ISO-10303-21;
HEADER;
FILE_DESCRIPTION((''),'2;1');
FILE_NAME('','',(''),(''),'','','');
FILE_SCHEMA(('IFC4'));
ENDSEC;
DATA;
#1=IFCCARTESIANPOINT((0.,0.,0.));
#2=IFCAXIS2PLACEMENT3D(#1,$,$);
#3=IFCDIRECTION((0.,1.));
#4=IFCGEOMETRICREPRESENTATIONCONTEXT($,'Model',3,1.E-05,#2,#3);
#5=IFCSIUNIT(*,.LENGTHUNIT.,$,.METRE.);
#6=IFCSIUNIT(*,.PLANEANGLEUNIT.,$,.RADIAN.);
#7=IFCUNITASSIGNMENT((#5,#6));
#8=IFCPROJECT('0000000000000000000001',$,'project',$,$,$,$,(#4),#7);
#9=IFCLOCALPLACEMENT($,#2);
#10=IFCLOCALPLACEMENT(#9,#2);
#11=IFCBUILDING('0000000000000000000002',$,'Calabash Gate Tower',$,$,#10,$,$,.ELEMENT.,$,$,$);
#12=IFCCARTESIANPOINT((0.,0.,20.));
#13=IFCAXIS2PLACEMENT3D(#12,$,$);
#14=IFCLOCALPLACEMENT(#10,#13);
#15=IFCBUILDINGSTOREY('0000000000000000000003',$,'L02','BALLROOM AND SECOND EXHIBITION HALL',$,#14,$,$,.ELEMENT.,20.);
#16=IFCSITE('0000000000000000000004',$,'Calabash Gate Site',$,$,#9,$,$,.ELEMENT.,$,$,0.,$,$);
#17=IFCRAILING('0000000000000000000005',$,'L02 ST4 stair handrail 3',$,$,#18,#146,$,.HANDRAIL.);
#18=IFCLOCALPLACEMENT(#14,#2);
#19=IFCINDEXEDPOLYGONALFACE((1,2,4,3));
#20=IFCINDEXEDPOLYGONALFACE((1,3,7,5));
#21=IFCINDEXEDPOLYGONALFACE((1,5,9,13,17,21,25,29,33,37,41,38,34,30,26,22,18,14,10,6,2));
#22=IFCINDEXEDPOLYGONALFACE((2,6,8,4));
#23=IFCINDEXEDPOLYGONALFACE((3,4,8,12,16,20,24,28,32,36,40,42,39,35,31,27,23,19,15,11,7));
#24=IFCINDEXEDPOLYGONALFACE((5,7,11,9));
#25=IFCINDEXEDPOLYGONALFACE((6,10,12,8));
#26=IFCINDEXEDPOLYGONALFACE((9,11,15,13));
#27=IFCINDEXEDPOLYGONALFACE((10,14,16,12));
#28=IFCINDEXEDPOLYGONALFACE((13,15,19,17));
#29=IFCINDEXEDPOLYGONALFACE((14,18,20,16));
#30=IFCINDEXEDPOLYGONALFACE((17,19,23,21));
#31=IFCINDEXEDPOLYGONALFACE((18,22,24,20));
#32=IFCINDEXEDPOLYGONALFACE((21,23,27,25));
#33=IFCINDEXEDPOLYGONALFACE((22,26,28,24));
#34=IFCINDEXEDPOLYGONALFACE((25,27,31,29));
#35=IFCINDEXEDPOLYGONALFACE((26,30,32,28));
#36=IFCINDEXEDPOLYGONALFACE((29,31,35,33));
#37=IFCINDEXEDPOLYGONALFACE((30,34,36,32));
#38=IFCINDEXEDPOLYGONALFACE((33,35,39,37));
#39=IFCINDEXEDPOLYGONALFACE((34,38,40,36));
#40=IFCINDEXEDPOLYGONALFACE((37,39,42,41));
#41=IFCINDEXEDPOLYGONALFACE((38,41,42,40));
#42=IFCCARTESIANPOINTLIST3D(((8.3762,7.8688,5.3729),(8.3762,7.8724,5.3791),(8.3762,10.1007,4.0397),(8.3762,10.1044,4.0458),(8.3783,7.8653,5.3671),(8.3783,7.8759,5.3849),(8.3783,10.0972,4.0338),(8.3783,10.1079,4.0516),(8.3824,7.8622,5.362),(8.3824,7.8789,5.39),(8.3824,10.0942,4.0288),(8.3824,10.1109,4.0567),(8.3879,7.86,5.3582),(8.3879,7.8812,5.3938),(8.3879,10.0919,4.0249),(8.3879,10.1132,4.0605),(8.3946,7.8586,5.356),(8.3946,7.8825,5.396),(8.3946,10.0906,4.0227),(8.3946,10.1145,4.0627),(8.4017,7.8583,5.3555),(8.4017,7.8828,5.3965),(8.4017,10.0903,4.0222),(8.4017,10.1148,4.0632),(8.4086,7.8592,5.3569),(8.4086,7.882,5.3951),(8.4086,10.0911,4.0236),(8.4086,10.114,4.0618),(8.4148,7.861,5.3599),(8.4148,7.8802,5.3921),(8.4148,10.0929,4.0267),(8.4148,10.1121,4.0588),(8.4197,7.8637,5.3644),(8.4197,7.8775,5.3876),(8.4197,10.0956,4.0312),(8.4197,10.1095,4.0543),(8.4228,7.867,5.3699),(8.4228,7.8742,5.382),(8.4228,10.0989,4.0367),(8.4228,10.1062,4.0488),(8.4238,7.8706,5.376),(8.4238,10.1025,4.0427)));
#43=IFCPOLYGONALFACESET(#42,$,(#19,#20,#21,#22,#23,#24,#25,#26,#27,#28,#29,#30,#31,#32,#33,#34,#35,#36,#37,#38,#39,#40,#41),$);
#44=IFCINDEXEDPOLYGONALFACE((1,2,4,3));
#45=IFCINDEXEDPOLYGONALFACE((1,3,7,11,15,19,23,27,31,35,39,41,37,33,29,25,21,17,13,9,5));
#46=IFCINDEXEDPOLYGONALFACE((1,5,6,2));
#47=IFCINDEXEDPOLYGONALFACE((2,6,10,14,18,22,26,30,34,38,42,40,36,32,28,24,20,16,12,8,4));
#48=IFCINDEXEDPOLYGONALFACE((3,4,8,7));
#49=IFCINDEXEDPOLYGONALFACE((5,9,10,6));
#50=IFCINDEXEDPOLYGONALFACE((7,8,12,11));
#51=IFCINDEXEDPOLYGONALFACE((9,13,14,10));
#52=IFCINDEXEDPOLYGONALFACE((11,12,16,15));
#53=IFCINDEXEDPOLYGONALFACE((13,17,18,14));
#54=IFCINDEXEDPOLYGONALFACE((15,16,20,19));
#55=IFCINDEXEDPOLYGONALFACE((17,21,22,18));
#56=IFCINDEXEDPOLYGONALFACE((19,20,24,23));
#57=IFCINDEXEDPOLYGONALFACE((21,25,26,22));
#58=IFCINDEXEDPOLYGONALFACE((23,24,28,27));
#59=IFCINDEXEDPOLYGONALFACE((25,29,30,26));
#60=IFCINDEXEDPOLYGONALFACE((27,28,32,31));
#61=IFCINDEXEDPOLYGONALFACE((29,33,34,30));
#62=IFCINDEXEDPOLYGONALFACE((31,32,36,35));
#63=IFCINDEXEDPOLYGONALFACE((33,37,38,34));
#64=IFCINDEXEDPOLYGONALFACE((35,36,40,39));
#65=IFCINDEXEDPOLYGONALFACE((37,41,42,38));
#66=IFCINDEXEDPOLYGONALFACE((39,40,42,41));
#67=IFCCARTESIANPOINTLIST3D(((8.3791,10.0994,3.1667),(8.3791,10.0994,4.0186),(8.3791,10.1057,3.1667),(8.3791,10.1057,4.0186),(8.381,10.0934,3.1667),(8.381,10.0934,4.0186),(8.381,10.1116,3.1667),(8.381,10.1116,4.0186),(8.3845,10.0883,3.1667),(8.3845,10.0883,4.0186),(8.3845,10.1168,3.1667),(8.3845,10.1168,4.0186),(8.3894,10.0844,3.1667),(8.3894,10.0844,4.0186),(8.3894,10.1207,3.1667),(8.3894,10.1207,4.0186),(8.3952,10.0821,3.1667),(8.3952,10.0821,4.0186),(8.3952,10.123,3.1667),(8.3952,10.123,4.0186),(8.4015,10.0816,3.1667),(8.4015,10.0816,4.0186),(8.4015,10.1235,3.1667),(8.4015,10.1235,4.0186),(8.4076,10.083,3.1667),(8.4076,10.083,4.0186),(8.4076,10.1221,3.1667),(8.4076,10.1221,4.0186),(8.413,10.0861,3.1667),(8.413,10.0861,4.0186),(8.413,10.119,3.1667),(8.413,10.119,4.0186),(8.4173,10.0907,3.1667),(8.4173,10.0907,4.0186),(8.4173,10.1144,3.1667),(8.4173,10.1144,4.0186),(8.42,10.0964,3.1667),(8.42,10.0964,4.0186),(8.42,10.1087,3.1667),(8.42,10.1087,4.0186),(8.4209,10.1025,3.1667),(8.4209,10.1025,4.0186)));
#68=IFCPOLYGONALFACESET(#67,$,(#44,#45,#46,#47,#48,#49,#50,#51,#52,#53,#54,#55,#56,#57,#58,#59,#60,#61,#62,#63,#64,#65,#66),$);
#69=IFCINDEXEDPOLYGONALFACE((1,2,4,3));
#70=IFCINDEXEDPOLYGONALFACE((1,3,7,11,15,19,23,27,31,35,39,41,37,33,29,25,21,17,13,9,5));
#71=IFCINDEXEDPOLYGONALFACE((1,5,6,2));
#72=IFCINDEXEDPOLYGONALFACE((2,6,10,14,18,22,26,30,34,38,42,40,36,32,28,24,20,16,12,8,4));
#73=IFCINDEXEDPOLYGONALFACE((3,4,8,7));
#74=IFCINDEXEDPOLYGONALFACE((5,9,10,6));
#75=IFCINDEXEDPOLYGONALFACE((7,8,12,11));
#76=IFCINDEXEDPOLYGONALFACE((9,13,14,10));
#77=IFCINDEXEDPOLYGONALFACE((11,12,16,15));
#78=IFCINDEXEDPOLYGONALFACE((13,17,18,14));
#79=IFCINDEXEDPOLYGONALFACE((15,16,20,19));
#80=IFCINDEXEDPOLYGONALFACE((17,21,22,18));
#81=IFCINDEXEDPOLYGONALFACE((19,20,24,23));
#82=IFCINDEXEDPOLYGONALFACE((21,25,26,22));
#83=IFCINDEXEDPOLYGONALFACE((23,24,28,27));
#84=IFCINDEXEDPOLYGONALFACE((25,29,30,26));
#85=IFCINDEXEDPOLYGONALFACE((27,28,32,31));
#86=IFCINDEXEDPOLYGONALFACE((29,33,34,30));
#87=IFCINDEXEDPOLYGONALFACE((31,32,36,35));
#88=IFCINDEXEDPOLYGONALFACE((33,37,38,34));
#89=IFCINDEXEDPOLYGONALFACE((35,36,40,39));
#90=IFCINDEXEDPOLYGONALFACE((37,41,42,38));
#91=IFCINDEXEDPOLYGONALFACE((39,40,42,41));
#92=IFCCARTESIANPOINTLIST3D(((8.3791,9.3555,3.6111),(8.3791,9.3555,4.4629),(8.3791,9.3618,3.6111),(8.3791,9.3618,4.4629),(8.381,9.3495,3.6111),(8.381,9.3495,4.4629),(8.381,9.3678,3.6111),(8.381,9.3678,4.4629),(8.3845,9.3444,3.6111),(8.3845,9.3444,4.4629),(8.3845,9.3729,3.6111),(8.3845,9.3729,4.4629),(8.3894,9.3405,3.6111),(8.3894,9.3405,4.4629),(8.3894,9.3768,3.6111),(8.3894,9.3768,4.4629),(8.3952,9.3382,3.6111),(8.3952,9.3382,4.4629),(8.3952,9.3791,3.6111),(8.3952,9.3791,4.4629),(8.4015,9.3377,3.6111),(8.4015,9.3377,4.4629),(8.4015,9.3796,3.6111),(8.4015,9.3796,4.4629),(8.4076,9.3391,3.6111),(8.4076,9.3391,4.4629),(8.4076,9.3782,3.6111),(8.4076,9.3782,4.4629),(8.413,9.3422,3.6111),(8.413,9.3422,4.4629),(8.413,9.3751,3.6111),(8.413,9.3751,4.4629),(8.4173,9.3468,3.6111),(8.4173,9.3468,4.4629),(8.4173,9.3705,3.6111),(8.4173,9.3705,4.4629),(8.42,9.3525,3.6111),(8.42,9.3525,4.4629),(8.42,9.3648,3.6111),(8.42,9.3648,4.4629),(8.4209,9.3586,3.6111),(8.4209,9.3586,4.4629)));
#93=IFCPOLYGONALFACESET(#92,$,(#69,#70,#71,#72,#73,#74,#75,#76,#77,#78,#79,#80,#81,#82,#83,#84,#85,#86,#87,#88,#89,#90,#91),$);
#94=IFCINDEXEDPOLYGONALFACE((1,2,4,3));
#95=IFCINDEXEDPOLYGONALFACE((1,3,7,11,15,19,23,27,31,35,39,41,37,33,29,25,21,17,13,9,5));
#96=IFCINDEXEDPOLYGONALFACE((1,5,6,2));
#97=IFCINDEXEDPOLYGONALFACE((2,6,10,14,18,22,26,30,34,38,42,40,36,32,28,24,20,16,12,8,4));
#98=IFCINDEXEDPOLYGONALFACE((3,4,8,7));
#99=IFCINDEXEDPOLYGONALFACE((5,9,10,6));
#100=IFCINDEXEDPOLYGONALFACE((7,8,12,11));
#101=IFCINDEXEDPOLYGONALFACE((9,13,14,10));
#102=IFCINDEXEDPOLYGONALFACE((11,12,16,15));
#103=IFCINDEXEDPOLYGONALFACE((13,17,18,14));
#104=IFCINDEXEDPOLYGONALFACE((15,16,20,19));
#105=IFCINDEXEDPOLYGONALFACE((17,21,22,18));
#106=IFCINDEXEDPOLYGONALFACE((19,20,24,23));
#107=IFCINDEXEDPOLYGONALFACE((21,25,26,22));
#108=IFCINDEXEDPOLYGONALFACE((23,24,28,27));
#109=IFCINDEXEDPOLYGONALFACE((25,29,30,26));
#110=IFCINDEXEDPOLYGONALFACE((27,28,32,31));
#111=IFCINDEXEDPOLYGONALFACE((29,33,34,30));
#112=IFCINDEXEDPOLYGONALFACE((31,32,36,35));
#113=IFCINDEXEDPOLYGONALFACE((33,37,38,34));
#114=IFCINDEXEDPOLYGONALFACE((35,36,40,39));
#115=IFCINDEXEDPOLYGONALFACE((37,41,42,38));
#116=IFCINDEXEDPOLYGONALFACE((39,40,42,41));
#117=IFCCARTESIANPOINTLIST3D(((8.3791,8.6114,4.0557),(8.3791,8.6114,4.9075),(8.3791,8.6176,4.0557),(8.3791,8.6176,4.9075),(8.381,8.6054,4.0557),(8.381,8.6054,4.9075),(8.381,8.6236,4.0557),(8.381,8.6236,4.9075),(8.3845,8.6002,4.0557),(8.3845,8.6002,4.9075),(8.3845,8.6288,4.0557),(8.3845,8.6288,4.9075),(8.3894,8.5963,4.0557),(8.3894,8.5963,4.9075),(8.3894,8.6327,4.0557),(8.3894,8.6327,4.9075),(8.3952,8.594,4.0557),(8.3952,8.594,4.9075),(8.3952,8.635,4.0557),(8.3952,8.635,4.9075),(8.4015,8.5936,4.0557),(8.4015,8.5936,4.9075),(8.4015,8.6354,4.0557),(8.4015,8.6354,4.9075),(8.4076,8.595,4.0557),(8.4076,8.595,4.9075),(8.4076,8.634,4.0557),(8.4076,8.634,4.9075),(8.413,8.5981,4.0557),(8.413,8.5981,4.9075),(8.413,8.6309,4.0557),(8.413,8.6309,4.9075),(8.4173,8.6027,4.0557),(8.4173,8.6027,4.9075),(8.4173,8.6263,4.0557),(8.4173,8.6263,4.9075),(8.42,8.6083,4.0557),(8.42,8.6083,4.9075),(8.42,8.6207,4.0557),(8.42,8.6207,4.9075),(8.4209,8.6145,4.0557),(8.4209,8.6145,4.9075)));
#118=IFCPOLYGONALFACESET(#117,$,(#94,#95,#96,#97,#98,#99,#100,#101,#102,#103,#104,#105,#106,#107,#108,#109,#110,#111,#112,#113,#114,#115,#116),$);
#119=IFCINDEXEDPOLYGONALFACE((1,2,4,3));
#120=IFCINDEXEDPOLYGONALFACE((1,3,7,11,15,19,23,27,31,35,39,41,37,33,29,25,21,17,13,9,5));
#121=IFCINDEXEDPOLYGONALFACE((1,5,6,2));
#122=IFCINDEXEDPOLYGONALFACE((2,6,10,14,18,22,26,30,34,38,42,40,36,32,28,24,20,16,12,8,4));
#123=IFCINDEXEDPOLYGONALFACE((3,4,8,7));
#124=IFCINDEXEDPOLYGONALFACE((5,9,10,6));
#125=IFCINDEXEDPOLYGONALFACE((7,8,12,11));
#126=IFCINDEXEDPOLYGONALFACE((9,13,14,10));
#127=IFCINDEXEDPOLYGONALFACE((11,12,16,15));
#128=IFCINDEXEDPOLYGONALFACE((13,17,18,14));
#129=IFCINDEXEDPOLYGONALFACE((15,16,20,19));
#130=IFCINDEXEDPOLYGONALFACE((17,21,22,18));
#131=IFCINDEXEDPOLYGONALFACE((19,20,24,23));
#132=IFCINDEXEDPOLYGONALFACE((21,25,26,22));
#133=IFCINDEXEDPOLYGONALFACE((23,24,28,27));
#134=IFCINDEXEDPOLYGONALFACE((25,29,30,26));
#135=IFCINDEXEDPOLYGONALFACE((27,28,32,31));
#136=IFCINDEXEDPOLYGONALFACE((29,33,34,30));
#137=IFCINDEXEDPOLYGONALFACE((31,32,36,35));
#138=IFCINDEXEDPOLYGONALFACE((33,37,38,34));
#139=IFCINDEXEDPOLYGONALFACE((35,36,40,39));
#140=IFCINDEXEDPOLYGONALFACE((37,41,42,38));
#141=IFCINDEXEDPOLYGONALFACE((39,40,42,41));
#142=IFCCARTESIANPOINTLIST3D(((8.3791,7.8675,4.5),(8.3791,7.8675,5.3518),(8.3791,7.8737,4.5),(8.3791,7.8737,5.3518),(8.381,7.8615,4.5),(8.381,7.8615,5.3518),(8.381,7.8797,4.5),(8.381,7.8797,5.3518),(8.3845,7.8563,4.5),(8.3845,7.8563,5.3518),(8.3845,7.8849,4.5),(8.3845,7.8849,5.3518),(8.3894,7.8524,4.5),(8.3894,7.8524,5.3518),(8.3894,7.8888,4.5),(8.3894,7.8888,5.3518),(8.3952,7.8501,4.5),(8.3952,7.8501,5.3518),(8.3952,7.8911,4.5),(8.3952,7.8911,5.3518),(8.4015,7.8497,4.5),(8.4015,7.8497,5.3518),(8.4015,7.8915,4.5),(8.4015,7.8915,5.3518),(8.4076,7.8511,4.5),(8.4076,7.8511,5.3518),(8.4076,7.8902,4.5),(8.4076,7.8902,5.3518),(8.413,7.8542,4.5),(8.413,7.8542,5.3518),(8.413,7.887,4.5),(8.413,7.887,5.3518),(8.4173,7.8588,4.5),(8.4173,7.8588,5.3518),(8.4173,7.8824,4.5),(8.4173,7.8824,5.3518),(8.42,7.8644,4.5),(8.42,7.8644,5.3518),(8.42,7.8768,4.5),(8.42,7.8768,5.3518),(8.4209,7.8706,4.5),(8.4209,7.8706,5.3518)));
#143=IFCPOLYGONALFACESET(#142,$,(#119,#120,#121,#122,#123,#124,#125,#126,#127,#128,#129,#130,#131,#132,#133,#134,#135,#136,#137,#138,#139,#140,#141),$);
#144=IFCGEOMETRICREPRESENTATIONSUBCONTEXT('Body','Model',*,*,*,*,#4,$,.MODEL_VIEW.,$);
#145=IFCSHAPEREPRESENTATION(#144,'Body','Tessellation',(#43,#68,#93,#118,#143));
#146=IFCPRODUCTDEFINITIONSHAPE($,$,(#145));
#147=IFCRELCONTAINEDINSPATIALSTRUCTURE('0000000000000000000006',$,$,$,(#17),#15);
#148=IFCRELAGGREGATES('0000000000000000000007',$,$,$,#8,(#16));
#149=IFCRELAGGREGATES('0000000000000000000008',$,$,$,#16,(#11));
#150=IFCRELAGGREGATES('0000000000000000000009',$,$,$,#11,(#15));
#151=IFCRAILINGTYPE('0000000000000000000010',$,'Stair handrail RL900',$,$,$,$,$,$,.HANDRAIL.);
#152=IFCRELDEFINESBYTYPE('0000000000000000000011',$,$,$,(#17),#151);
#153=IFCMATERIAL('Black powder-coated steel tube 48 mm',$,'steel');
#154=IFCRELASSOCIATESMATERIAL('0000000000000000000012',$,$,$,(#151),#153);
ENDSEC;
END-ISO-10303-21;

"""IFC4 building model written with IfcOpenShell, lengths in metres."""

from ifc_helpers import new_model, si_unit, direction, frame, origin, origin_2d, place, context, subcontext, project, spatial, circle, extrude, material, type_object, element, save


model = new_model("IFC4")

# Units and contexts
model_context = context("Model", 3, precision=1e-05, world=origin(), true_north=direction((0.0, 1.0)))
body_context = subcontext(model_context, "Body", "Model", "MODEL_VIEW")
ifc_project = project(units=[si_unit("LENGTHUNIT", "METRE"), si_unit("PLANEANGLEUNIT", "RADIAN")], contexts=[model_context])

# Site, building, storey
site_placement = place(None, origin())
site = spatial("IfcSite", under=ifc_project, at=site_placement, Name="Calabash Gate Site", CompositionType="ELEMENT", RefElevation=0.0)
building_placement = place(site_placement, origin())
building = spatial("IfcBuilding", under=site, at=building_placement, Name="Calabash Gate Tower", CompositionType="ELEMENT")
storey_placement = place(building_placement, frame((0.0, 0.0, 20.0)))
storey = spatial("IfcBuildingStorey", under=building, at=storey_placement, Name="L02", Description="BALLROOM AND SECOND EXHIBITION HALL", CompositionType="ELEMENT", Elevation=20.0)

# Railing
ifc_material_1 = material(Name="Black powder-coated steel tube 48 mm", Category="steel")
railing_type_1 = type_object("IfcRailingType", Name="Stair handrail RL900", PredefinedType="HANDRAIL", material=ifc_material_1)
railing_1_placement = place(storey_placement, frame((8.3999, 10.1025, 3.1667)))
element("IfcRailing", 1, at=railing_1_placement, inside=storey, type_object=railing_type_1, Name="L02 ST4 stair handrail 3", PredefinedType="HANDRAIL", context=body_context, shape_type="SweptSolid", body=[
    extrude(circle(Radius=0.0239, at=origin_2d()), frame((0.0, 0.0, 0.876), z_axis=(0.0, -0.858494, 0.512824), x_axis=(1.0, 0.0, 0.0)), (0.0, 0.0, 1.0), 2.5999),
    extrude(circle(Radius=0.021, at=origin_2d()), origin(), (0.0, 0.0, 1.0), 0.8518),
    extrude(circle(Radius=0.021, at=origin_2d()), frame((0.0, -0.7439, 0.4443)), (0.0, 0.0, 1.0), 0.8518),
    extrude(circle(Radius=0.021, at=origin_2d()), frame((0.0, -1.488, 0.8889)), (0.0, 0.0, 1.0), 0.8518),
    extrude(circle(Radius=0.021, at=origin_2d()), frame((0.0, -2.2319, 1.3333)), (0.0, 0.0, 1.0), 0.8518),
])

save(model, "model.ifc")
